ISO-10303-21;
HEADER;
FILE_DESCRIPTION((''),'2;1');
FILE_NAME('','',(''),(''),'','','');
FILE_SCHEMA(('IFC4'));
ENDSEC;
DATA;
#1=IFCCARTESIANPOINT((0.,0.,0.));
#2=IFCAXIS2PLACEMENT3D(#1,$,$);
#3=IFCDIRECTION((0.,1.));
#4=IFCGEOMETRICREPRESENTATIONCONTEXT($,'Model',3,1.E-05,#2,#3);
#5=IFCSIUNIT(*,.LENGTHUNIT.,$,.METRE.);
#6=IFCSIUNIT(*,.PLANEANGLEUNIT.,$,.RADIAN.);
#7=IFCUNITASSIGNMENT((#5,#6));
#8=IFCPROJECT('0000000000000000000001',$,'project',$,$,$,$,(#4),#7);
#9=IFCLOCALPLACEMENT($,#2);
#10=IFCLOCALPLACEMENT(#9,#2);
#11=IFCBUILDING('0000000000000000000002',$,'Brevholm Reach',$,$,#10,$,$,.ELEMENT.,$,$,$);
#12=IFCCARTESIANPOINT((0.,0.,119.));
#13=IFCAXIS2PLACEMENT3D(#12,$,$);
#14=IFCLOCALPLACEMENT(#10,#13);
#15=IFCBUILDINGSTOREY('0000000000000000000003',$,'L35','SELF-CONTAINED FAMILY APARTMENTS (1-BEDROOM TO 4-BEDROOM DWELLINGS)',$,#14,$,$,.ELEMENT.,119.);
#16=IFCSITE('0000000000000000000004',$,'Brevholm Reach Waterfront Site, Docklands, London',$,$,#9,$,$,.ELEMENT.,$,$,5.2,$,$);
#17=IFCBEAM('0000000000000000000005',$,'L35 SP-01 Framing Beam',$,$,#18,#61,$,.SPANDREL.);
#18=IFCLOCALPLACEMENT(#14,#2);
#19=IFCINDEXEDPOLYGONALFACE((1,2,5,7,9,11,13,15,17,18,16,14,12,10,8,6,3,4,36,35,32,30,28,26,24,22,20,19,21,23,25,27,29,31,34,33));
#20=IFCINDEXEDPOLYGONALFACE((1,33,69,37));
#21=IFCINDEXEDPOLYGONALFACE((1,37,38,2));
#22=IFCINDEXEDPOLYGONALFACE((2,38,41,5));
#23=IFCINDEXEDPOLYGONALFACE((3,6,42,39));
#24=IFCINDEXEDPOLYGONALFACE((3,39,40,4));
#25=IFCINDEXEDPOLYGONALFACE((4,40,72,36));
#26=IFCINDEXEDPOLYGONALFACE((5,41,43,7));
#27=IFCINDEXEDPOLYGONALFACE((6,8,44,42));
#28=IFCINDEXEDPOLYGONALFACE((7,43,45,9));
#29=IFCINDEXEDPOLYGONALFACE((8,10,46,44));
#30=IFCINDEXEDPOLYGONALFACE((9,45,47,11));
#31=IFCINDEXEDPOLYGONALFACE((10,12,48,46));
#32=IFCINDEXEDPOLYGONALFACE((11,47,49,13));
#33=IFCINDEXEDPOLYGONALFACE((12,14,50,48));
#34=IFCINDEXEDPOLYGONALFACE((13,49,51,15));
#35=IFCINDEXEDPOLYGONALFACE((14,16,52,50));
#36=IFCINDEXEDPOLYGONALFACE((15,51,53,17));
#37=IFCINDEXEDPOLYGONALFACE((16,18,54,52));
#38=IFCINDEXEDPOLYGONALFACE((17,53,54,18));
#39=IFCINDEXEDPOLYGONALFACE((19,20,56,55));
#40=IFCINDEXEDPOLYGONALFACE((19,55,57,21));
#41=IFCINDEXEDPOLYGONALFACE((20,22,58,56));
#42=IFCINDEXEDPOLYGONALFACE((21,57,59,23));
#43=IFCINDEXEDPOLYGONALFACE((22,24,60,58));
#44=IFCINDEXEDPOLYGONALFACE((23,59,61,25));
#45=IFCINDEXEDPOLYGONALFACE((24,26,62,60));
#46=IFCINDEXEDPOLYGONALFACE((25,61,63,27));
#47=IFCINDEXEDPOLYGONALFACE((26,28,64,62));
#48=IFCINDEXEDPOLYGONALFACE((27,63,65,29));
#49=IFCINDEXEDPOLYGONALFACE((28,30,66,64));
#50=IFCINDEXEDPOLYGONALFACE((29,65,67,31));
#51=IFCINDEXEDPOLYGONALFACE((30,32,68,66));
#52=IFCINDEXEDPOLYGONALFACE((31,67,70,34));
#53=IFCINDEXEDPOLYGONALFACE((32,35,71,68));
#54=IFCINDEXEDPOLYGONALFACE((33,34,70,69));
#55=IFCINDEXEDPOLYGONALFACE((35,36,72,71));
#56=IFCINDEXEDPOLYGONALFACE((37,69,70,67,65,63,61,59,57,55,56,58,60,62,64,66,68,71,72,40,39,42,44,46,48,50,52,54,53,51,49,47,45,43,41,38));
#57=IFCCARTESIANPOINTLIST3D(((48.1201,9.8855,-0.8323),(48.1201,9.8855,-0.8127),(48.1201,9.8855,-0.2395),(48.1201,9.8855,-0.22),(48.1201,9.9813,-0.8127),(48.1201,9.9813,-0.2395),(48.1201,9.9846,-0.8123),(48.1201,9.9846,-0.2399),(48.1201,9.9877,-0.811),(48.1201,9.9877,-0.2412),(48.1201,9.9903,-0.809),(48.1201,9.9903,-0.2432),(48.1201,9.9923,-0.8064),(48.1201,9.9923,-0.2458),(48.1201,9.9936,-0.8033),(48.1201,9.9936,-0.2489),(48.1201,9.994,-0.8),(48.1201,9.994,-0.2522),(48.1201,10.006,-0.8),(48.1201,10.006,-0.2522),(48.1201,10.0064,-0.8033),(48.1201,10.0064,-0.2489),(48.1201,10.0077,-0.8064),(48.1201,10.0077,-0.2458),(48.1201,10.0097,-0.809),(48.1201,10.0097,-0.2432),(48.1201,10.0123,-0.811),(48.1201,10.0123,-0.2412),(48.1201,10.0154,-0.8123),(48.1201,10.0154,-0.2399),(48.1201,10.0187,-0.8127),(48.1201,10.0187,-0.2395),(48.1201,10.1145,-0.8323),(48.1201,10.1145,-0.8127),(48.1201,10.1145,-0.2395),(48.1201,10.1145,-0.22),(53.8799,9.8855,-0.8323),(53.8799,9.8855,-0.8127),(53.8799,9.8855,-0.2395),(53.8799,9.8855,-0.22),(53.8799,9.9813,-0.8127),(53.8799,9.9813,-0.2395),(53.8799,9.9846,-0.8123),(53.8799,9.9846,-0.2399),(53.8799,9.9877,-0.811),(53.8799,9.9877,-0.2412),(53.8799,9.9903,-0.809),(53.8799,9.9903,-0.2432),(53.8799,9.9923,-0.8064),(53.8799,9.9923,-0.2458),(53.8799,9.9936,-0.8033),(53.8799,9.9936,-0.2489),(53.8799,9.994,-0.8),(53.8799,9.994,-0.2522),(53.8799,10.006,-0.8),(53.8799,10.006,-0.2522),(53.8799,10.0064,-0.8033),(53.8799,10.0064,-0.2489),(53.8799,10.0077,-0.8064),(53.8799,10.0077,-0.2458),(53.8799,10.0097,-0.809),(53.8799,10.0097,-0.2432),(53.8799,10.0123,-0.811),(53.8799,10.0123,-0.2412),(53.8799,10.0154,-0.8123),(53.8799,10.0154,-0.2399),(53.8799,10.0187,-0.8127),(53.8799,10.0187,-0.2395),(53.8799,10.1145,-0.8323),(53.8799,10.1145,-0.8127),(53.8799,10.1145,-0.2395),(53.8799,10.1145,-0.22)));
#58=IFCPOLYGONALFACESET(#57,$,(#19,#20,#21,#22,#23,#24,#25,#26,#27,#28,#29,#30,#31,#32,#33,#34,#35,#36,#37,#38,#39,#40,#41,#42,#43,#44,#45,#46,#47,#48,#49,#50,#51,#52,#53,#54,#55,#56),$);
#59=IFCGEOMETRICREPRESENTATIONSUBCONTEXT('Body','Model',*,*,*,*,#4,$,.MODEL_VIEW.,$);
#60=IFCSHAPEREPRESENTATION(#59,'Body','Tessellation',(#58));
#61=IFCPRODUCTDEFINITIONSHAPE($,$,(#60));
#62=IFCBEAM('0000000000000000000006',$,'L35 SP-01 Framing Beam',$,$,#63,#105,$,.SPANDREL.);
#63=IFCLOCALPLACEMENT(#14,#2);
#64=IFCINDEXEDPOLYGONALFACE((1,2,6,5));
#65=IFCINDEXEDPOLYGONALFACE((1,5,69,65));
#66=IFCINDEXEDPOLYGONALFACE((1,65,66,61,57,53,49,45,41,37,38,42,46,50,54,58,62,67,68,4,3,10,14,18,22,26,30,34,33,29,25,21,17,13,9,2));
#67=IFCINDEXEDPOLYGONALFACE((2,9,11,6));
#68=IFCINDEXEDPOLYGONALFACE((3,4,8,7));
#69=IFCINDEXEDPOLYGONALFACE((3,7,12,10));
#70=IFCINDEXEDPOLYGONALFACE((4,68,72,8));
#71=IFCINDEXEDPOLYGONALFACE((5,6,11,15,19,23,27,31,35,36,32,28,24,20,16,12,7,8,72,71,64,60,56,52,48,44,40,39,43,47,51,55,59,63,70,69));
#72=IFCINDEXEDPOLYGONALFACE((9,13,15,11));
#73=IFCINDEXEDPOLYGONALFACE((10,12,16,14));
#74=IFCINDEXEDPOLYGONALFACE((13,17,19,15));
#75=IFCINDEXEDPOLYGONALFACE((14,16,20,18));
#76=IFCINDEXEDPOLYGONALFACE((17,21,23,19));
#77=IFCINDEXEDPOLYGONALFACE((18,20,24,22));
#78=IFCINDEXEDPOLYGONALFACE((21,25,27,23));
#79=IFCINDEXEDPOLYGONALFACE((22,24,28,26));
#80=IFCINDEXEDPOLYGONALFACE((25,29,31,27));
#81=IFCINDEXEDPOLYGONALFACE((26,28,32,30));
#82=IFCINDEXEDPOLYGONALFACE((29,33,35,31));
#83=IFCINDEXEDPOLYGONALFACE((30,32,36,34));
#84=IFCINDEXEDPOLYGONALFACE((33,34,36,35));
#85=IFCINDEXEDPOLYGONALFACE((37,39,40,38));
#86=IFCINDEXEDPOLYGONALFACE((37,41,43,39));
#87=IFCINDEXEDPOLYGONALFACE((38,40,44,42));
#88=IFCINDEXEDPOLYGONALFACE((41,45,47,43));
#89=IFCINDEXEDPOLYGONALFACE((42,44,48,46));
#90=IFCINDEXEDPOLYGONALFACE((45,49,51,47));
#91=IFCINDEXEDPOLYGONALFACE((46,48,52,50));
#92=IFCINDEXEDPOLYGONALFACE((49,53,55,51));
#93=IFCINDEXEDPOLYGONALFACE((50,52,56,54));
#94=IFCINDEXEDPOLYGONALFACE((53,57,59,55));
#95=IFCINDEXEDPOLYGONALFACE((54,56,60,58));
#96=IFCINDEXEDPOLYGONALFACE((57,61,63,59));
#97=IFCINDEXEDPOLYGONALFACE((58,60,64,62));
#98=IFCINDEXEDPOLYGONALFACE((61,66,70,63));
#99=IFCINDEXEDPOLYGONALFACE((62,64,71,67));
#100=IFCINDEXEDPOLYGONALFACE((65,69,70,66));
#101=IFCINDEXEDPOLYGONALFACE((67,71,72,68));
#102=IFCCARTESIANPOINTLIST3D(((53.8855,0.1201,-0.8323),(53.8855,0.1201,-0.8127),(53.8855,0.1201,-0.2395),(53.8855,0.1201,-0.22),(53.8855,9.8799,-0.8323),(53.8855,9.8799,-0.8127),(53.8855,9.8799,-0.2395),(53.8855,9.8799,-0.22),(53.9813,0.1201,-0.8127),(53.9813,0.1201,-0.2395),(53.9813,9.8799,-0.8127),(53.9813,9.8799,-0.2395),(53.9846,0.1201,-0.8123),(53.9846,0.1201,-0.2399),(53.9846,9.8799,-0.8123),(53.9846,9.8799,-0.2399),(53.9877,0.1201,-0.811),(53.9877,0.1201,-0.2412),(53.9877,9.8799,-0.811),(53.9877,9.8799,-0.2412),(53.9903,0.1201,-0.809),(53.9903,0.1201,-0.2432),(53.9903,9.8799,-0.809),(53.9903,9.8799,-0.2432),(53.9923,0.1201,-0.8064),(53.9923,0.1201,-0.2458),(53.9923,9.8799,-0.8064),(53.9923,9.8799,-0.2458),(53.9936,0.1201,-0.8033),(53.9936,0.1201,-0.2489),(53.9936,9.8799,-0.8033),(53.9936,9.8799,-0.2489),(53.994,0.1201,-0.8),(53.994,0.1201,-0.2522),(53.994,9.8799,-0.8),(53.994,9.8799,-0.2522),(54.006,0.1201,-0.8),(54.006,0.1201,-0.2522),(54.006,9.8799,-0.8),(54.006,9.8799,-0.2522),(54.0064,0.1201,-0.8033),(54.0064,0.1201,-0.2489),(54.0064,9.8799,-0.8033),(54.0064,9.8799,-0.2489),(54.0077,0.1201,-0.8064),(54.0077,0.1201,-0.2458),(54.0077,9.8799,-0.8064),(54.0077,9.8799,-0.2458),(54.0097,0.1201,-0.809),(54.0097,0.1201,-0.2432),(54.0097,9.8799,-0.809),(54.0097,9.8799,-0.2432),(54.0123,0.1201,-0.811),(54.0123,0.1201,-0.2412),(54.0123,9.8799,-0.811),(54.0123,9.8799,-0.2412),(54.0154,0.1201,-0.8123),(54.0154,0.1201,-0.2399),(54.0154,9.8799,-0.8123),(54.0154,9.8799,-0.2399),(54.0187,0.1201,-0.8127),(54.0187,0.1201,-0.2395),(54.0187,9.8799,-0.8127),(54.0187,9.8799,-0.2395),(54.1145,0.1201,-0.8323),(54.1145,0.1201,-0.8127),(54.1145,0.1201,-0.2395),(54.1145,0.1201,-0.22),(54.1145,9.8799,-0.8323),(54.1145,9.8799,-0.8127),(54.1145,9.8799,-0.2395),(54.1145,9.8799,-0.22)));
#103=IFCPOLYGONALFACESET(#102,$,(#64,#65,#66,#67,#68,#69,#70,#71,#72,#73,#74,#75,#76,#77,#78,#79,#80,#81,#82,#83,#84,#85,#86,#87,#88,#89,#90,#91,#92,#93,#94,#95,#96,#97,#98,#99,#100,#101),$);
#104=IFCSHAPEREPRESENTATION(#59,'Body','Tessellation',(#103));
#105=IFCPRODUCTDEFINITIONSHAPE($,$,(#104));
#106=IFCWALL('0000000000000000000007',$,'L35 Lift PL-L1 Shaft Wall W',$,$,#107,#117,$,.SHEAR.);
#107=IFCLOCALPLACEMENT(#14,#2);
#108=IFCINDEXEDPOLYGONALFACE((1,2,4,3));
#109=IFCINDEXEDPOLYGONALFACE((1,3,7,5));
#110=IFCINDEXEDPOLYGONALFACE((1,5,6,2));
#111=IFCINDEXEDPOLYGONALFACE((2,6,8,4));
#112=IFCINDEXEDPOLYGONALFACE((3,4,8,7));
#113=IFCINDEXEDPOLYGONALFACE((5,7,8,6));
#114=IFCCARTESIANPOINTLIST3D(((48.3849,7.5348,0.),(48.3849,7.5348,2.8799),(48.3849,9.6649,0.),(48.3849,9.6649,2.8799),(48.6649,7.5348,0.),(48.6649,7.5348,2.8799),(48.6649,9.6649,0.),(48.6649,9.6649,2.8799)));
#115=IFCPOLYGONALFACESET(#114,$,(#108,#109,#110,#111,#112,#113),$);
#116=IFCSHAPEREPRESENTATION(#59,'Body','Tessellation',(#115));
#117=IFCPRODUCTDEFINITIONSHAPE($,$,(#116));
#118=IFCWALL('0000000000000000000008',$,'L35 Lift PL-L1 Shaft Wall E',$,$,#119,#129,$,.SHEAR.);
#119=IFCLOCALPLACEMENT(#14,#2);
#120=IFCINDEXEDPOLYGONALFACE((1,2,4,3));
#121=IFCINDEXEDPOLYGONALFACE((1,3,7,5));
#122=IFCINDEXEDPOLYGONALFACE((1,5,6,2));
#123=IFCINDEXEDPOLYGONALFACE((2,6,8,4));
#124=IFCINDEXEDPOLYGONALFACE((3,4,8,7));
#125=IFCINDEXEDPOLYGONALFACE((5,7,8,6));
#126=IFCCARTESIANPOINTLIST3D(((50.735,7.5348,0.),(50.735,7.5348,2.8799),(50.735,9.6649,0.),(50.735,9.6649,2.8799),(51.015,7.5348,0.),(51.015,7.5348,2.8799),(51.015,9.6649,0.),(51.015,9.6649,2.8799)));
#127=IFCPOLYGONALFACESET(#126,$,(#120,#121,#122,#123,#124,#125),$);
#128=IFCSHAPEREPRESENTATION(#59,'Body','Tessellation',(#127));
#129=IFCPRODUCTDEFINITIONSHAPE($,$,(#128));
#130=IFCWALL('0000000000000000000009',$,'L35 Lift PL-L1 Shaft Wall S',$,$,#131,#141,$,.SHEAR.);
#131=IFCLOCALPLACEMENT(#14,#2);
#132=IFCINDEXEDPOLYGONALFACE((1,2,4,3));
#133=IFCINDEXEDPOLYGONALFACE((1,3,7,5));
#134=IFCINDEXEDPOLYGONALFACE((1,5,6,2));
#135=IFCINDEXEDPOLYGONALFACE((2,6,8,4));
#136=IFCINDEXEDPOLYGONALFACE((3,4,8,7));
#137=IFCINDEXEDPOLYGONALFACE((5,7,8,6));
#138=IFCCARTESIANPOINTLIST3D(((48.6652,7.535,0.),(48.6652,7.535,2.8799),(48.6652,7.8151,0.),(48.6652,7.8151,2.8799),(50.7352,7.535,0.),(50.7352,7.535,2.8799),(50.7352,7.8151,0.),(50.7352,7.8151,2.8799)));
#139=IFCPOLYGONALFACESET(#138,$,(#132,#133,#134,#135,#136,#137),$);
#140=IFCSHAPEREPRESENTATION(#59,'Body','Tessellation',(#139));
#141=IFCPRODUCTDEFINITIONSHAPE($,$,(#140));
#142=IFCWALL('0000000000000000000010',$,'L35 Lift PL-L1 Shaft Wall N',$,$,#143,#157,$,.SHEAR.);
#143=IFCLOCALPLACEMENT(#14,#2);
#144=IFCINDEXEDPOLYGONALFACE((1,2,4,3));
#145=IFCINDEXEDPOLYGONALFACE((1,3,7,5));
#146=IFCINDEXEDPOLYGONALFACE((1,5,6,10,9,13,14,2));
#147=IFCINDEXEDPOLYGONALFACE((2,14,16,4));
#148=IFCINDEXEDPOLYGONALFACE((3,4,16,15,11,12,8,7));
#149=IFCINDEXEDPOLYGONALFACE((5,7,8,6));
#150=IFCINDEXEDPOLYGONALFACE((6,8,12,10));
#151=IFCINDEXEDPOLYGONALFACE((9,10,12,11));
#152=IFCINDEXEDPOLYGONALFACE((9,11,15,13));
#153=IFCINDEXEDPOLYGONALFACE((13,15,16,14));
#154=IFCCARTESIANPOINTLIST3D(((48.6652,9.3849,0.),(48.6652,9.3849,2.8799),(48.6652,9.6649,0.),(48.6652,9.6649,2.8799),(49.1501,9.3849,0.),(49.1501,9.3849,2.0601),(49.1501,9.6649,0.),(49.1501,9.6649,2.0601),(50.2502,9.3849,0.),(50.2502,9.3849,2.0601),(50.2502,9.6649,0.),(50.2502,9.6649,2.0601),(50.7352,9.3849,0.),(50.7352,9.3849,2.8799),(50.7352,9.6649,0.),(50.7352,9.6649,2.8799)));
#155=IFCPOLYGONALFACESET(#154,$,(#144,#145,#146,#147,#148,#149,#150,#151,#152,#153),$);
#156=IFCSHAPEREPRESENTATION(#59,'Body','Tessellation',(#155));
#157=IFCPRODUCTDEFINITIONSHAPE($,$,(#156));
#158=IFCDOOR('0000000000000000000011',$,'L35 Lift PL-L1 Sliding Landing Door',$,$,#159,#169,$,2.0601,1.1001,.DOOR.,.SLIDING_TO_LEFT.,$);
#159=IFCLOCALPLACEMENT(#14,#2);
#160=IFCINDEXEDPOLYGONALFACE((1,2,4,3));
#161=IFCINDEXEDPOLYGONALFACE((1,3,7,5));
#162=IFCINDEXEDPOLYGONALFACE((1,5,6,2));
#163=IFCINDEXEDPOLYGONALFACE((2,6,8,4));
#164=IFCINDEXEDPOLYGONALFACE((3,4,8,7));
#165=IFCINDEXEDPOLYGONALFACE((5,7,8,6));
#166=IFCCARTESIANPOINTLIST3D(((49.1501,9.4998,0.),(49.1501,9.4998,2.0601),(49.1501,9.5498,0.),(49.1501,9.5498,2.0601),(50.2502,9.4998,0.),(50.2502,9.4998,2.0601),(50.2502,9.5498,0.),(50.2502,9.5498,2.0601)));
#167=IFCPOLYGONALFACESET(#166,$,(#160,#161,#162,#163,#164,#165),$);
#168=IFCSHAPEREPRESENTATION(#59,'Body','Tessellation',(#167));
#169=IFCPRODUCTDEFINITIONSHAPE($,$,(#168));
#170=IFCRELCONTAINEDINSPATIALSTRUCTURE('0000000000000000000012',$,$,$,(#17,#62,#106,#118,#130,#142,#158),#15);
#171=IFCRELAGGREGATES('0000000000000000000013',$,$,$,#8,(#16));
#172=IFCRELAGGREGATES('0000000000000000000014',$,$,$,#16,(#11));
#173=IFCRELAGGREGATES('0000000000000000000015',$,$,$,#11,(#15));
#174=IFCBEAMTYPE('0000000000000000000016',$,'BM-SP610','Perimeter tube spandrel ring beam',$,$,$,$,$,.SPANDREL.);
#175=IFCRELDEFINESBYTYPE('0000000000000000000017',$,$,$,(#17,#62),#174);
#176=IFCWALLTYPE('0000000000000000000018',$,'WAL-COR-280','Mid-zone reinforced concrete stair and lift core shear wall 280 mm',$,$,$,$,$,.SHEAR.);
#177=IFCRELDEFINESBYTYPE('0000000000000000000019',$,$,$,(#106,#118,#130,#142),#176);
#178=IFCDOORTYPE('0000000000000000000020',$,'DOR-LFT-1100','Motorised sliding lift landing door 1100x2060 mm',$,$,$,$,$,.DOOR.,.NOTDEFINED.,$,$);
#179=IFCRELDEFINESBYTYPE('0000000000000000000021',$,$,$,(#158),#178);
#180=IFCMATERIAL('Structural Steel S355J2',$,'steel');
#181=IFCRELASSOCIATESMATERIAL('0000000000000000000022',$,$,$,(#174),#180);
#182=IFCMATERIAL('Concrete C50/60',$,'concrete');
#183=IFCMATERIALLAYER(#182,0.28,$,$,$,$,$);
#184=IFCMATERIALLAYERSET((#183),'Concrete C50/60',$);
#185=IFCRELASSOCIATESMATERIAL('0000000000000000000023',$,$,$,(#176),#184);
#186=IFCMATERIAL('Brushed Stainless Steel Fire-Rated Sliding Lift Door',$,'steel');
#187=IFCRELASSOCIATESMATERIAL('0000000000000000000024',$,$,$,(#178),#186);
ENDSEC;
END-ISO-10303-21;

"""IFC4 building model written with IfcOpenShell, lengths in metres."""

from ifc_helpers import new_model, si_unit, direction, frame, frame_2d, origin, origin_2d, place, context, subcontext, project, spatial, rectangle, i_section, extrude, material, layer, layer_set, material_profile, profile_set, type_object, element, fill, save


model = new_model("IFC4")

# Units and contexts
model_context = context("Model", 3, precision=1e-05, world=origin(), true_north=direction((0.0, 1.0)))
body_context = subcontext(model_context, "Body", "Model", "MODEL_VIEW")
ifc_project = project(units=[si_unit("LENGTHUNIT", "METRE"), si_unit("PLANEANGLEUNIT", "RADIAN")], contexts=[model_context])

# Site, building, storey
site_placement = place(None, origin())
site = spatial("IfcSite", under=ifc_project, at=site_placement, Name="Brevholm Reach Waterfront Site, Docklands, London", CompositionType="ELEMENT", RefElevation=5.2)
building_placement = place(site_placement, origin())
building = spatial("IfcBuilding", under=site, at=building_placement, Name="Brevholm Reach", CompositionType="ELEMENT")
storey_placement = place(building_placement, frame((0.0, 0.0, 119.0)))
storey = spatial("IfcBuildingStorey", under=building, at=storey_placement, Name="L35", Description="SELF-CONTAINED FAMILY APARTMENTS (1-BEDROOM TO 4-BEDROOM DWELLINGS)", CompositionType="ELEMENT", Elevation=119.0)

# Beams
ifc_material_1 = material(Name="Structural Steel S355J2", Category="steel")
ifc_material_profile_1 = material_profile(ifc_material_1, i_section(OverallWidth=0.229, OverallDepth=0.6123, WebThickness=0.012, FlangeThickness=0.0195, FilletRadius=0.0127, at=origin_2d()), Name="UKB 610x229x125")
ifc_profile_set_1 = profile_set([ifc_material_profile_1], Name="Structural Steel S355J2")
beam_type_1 = type_object("IfcBeamType", Name="BM-SP610", Description="Perimeter tube spandrel ring beam", PredefinedType="SPANDREL", material=ifc_profile_set_1)
beam_1_placement = place(storey_placement, frame((48.1201, 10.0, -0.5261), z_axis=(1.0, 0.0, 0.0), x_axis=(0.0, 1.0, 0.0)))
element("IfcBeam", 1, at=beam_1_placement, inside=storey, type_object=beam_type_1, Name="L35 SP-01 Framing Beam", PredefinedType="SPANDREL", context=body_context, shape_type="SweptSolid", body=[
    extrude(i_section(OverallWidth=0.229, OverallDepth=0.6123, WebThickness=0.012, FlangeThickness=0.0195, FilletRadius=0.0127, at=origin_2d()), origin(), (0.0, 0.0, 1.0), 5.7598),
])
beam_2_placement = place(storey_placement, frame((54.0, 0.1201, -0.5261), z_axis=(0.0, 1.0, 0.0), x_axis=(-1.0, 0.0, 0.0)))
element("IfcBeam", 2, at=beam_2_placement, inside=storey, type_object=beam_type_1, Name="L35 SP-01 Framing Beam", PredefinedType="SPANDREL", context=body_context, shape_type="SweptSolid", body=[
    extrude(i_section(OverallWidth=0.229, OverallDepth=0.6123, WebThickness=0.012, FlangeThickness=0.0195, FilletRadius=0.0127, at=origin_2d()), origin(), (0.0, 0.0, 1.0), 9.7598),
])

# Walls
ifc_material_2 = material(Name="Concrete C50/60", Category="concrete")
ifc_layer_1 = layer(ifc_material_2, 0.28)
ifc_layer_set_1 = layer_set([ifc_layer_1], Name="Concrete C50/60")
wall_type_1 = type_object("IfcWallType", Name="WAL-COR-280", Description="Mid-zone reinforced concrete stair and lift core shear wall 280 mm", PredefinedType="SHEAR", material=ifc_layer_set_1)
for number, where, z_axis, x_axis, name in (
    (3, (48.5249, 7.5349, 0.0), (0.0, 0.0, 1.0), (0.0, 1.0, 0.0), "L35 Lift PL-L1 Shaft Wall W"),
    (4, (50.875, 7.5349, 0.0), (0.0, 0.0, 1.0), (0.0, 1.0, 0.0), "L35 Lift PL-L1 Shaft Wall E"),
):
    element("IfcWall", number, at=place(storey_placement, frame(where, z_axis=z_axis, x_axis=x_axis)), inside=storey, type_object=wall_type_1, Name=name, PredefinedType="SHEAR", context=body_context, shape_type="SweptSolid", body=[
        extrude(rectangle(XDim=2.1301, YDim=0.28, at=frame_2d((1.0649, 0.0))), origin(), (0.0, 0.0, 1.0), 2.8799),
    ])
wall_1_placement = place(storey_placement, frame((48.665, 7.675, 0.0), z_axis=(0.0, 0.0, 1.0), x_axis=(1.0, 0.0, 0.0)))
element("IfcWall", 5, at=wall_1_placement, inside=storey, type_object=wall_type_1, Name="L35 Lift PL-L1 Shaft Wall S", PredefinedType="SHEAR", context=body_context, shape_type="SweptSolid", body=[
    extrude(rectangle(XDim=2.0701, YDim=0.28, at=frame_2d((1.0352, 0.0))), origin(), (0.0, 0.0, 1.0), 2.8799),
])

# Wall, opening, door
wall_2_placement = place(storey_placement, frame((48.665, 9.5249, 0.0), z_axis=(0.0, 0.0, 1.0), x_axis=(1.0, 0.0, 0.0)))
wall_2 = element("IfcWall", 6, at=wall_2_placement, inside=storey, type_object=wall_type_1, Name="L35 Lift PL-L1 Shaft Wall N", PredefinedType="SHEAR", context=body_context, shape_type="SweptSolid", body=[
    extrude(rectangle(XDim=2.0701, YDim=0.28, at=frame_2d((1.0352, 0.0))), origin(), (0.0, 0.0, 1.0), 2.8799),
])
opening_1_placement = place(wall_2_placement, frame((0.4851, 0.0, 0.0)))
opening_1 = element("IfcOpeningElement", 7, at=opening_1_placement, cuts=wall_2, PredefinedType="OPENING", context=body_context, shape_type="SweptSolid", body=[
    extrude(rectangle(XDim=1.1001, YDim=2.0601, at=frame_2d((0.55, 1.03))), frame((0.0, 0.1499, 0.0), z_axis=(0.0, -1.0, 0.0), x_axis=(1.0, 0.0, 0.0)), (0.0, 0.0, 1.0), 0.3),
])
ifc_material_3 = material(Name="Brushed Stainless Steel Fire-Rated Sliding Lift Door", Category="steel")
door_type_1 = type_object("IfcDoorType", Name="DOR-LFT-1100", Description="Motorised sliding lift landing door 1100x2060 mm", OperationType="NOTDEFINED", PredefinedType="DOOR", material=ifc_material_3)
door_1_placement = place(opening_1_placement, origin())
door_1 = element("IfcDoor", 8, at=door_1_placement, inside=storey, type_object=door_type_1, Name="L35 Lift PL-L1 Sliding Landing Door", OperationType="SLIDING_TO_LEFT", OverallHeight=2.0601, OverallWidth=1.1001, PredefinedType="DOOR", context=body_context, shape_type="SweptSolid", body=[
    extrude(rectangle(XDim=1.1001, YDim=2.0601, at=frame_2d((0.55, 1.03))), frame((0.0, 0.0249, 0.0), z_axis=(0.0, -1.0, 0.0), x_axis=(1.0, 0.0, 0.0)), (0.0, 0.0, 1.0), 0.05),
])
fill(opening_1, door_1)

save(model, "model.ifc")
